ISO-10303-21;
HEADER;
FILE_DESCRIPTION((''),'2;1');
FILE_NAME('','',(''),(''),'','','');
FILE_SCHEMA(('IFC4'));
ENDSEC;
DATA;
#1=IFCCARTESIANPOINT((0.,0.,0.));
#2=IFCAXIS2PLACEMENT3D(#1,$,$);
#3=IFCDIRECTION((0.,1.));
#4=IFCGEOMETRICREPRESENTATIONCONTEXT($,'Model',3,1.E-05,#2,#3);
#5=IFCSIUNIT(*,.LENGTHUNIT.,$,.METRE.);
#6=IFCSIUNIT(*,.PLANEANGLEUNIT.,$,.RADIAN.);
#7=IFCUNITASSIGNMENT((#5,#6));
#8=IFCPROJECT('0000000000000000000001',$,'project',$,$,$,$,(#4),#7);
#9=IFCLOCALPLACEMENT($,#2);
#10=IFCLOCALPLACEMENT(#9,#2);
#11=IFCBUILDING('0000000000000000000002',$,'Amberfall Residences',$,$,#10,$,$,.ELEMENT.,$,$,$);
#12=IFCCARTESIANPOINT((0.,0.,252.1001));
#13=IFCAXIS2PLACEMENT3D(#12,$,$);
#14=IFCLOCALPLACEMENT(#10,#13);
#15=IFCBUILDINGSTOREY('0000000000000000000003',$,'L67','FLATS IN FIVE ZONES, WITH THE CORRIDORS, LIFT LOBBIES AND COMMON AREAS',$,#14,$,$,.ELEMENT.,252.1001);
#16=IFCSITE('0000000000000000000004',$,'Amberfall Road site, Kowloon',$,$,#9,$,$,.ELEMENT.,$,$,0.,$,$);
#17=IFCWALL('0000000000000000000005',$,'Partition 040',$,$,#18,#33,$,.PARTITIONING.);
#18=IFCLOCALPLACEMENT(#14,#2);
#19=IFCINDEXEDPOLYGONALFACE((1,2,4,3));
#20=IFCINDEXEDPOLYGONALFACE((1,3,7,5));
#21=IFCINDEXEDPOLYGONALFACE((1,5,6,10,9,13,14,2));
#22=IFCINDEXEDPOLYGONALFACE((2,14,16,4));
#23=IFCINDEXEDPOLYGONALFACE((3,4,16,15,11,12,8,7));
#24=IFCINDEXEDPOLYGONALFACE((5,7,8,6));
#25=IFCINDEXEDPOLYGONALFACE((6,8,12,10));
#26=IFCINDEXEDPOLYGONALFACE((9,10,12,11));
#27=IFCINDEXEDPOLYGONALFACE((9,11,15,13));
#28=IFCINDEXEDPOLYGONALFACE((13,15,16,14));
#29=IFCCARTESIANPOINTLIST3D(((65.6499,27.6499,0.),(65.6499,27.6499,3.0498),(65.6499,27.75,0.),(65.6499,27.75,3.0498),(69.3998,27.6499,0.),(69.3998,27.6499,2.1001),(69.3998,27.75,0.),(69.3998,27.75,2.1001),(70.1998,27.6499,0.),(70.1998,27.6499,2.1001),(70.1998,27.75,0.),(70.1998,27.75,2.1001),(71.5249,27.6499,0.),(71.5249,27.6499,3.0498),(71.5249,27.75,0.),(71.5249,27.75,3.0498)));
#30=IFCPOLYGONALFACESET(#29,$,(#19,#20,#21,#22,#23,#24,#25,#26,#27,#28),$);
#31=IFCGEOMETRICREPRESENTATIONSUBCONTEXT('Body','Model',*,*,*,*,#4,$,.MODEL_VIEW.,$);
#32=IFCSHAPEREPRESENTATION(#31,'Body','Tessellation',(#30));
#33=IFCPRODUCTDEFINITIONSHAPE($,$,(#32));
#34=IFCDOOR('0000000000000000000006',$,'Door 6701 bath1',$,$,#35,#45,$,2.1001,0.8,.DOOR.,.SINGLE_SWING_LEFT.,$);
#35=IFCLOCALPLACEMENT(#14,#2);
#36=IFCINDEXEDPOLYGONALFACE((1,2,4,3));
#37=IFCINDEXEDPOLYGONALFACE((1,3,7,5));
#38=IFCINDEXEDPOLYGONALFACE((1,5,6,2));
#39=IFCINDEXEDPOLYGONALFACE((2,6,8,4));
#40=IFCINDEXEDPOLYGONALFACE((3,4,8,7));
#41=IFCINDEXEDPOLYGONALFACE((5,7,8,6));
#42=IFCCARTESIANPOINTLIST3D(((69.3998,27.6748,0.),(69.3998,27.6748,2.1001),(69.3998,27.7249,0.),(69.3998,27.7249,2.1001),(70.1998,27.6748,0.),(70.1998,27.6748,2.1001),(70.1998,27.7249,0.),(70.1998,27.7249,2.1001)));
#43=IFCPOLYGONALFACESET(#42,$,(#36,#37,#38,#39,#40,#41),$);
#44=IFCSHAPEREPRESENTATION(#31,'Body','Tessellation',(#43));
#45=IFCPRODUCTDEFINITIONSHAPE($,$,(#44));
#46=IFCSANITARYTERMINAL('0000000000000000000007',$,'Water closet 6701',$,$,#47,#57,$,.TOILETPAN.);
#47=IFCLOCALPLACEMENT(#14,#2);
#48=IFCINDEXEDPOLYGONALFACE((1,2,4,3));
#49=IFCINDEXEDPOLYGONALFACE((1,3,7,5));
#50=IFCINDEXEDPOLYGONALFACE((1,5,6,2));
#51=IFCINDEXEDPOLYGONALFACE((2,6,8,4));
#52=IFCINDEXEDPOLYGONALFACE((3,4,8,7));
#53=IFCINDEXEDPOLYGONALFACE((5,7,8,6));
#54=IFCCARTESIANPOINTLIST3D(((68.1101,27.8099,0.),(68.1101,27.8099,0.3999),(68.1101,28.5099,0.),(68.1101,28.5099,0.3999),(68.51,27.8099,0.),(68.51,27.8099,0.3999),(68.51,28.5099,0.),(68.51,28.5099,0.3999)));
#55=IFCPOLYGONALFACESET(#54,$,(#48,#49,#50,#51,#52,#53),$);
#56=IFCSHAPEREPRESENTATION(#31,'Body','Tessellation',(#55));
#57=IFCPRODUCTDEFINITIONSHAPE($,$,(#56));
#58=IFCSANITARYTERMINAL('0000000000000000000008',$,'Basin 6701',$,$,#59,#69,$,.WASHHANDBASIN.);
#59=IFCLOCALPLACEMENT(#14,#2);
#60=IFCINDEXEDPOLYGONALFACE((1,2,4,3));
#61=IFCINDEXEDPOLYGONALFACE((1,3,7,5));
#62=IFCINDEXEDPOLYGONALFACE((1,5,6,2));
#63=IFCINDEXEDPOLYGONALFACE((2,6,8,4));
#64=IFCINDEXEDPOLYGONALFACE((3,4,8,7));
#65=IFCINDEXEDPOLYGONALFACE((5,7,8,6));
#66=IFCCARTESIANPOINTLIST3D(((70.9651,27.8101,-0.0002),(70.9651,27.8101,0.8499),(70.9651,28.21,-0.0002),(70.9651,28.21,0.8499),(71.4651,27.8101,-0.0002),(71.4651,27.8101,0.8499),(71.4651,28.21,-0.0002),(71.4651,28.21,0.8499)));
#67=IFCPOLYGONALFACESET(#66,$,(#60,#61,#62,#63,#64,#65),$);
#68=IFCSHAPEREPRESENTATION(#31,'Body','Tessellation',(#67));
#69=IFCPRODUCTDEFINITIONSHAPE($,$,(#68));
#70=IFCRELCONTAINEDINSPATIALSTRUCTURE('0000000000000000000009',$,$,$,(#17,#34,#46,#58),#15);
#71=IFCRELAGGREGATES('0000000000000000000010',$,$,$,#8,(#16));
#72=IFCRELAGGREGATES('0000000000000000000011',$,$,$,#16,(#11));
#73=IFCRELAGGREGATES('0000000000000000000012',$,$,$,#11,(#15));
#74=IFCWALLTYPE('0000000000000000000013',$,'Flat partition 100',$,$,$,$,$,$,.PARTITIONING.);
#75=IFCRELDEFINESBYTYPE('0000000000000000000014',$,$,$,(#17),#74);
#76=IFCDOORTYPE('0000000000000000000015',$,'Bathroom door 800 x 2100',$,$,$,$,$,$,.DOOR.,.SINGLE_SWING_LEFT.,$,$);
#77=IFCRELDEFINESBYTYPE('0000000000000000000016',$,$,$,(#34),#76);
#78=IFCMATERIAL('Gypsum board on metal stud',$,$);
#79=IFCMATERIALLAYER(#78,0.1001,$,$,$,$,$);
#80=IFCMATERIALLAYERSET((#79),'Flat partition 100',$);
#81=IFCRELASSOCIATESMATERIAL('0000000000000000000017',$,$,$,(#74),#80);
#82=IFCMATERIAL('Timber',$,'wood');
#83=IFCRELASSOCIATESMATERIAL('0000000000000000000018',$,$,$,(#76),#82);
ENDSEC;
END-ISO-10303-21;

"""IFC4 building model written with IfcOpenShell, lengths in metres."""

from ifc_helpers import new_model, si_unit, direction, frame, frame_2d, origin, origin_2d, place, context, subcontext, project, spatial, rectangle, extrude, material, layer, layer_set, type_object, element, fill, save


model = new_model("IFC4")

# Units and contexts
model_context = context("Model", 3, precision=1e-05, world=origin(), true_north=direction((0.0, 1.0)))
body_context = subcontext(model_context, "Body", "Model", "MODEL_VIEW")
ifc_project = project(units=[si_unit("LENGTHUNIT", "METRE"), si_unit("PLANEANGLEUNIT", "RADIAN")], contexts=[model_context])

# Site, building, storey
site_placement = place(None, origin())
site = spatial("IfcSite", under=ifc_project, at=site_placement, Name="Amberfall Road site, Kowloon", CompositionType="ELEMENT", RefElevation=0.0)
building_placement = place(site_placement, origin())
building = spatial("IfcBuilding", under=site, at=building_placement, Name="Amberfall Residences", CompositionType="ELEMENT")
storey_placement = place(building_placement, frame((0.0, 0.0, 252.1001)))
storey = spatial("IfcBuildingStorey", under=building, at=storey_placement, Name="L67", Description="FLATS IN FIVE ZONES, WITH THE CORRIDORS, LIFT LOBBIES AND COMMON AREAS", CompositionType="ELEMENT", Elevation=252.1001)

# Shared definitions
ifc_material_1 = material(Name="Gypsum board on metal stud")
ifc_layer_1 = layer(ifc_material_1, 0.1001)
ifc_layer_set_1 = layer_set([ifc_layer_1], Name="Flat partition 100")
wall_type = type_object("IfcWallType", Name="Flat partition 100", PredefinedType="PARTITIONING", material=ifc_layer_set_1)

# Wall, opening, door
wall_1_placement = place(storey_placement, frame((65.6499, 27.7, 0.0), z_axis=(0.0, 0.0, 1.0), x_axis=(1.0, 0.0, 0.0)))
wall_1 = element("IfcWall", 1, at=wall_1_placement, inside=storey, type_object=wall_type, Name="Partition 040", PredefinedType="PARTITIONING", context=body_context, shape_type="SweptSolid", body=[
    extrude(rectangle(XDim=5.875, YDim=0.1001, at=frame_2d((2.9375, 0.0))), origin(), (0.0, 0.0, 1.0), 3.0498),
])
opening_placement = place(wall_1_placement, frame((3.75, 0.0, 0.0)))
opening = element("IfcOpeningElement", 2, at=opening_placement, cuts=wall_1, PredefinedType="OPENING", context=body_context, shape_type="SweptSolid", body=[
    extrude(rectangle(XDim=0.8, YDim=2.1001, at=frame_2d((0.3999, 1.05))), frame((0.0, 0.0601, 0.0), z_axis=(0.0, -1.0, 0.0), x_axis=(1.0, 0.0, 0.0)), (0.0, 0.0, 1.0), 0.1201),
])
ifc_material_2 = material(Name="Timber", Category="wood")
door_type = type_object("IfcDoorType", Name="Bathroom door 800 x 2100", OperationType="SINGLE_SWING_LEFT", PredefinedType="DOOR", material=ifc_material_2)
door_placement = place(opening_placement, origin())
door = element("IfcDoor", 3, at=door_placement, inside=storey, type_object=door_type, Name="Door 6701 bath1", OperationType="SINGLE_SWING_LEFT", OverallHeight=2.1001, OverallWidth=0.8, PredefinedType="DOOR", context=body_context, shape_type="SweptSolid", body=[
    extrude(rectangle(XDim=0.8, YDim=2.1001, at=frame_2d((0.3999, 1.05))), frame((0.0, 0.0249, 0.0), z_axis=(0.0, -1.0, 0.0), x_axis=(1.0, 0.0, 0.0)), (0.0, 0.0, 1.0), 0.05),
])
fill(opening, door)

# Sanitary terminals
sanitary_terminal_1_placement = place(storey_placement, frame((68.3101, 28.1599, 0.0), z_axis=(0.0, 0.0, 1.0), x_axis=(1.0, 0.0, 0.0)))
element("IfcSanitaryTerminal", 4, at=sanitary_terminal_1_placement, inside=storey, Name="Water closet 6701", PredefinedType="TOILETPAN", context=body_context, shape_type="SweptSolid", body=[
    extrude(rectangle(XDim=0.3999, YDim=0.7, at=origin_2d()), origin(), (0.0, 0.0, 1.0), 0.3999),
])
sanitary_terminal_2_placement = place(storey_placement, frame((71.2151, 28.01, -0.0002), z_axis=(0.0, 0.0, 1.0), x_axis=(1.0, 0.0, 0.0)))
element("IfcSanitaryTerminal", 5, at=sanitary_terminal_2_placement, inside=storey, Name="Basin 6701", PredefinedType="WASHHANDBASIN", context=body_context, shape_type="SweptSolid", body=[
    extrude(rectangle(XDim=0.5, YDim=0.3999, at=origin_2d()), origin(), (0.0, 0.0, 1.0), 0.8501),
])

save(model, "model.ifc")
